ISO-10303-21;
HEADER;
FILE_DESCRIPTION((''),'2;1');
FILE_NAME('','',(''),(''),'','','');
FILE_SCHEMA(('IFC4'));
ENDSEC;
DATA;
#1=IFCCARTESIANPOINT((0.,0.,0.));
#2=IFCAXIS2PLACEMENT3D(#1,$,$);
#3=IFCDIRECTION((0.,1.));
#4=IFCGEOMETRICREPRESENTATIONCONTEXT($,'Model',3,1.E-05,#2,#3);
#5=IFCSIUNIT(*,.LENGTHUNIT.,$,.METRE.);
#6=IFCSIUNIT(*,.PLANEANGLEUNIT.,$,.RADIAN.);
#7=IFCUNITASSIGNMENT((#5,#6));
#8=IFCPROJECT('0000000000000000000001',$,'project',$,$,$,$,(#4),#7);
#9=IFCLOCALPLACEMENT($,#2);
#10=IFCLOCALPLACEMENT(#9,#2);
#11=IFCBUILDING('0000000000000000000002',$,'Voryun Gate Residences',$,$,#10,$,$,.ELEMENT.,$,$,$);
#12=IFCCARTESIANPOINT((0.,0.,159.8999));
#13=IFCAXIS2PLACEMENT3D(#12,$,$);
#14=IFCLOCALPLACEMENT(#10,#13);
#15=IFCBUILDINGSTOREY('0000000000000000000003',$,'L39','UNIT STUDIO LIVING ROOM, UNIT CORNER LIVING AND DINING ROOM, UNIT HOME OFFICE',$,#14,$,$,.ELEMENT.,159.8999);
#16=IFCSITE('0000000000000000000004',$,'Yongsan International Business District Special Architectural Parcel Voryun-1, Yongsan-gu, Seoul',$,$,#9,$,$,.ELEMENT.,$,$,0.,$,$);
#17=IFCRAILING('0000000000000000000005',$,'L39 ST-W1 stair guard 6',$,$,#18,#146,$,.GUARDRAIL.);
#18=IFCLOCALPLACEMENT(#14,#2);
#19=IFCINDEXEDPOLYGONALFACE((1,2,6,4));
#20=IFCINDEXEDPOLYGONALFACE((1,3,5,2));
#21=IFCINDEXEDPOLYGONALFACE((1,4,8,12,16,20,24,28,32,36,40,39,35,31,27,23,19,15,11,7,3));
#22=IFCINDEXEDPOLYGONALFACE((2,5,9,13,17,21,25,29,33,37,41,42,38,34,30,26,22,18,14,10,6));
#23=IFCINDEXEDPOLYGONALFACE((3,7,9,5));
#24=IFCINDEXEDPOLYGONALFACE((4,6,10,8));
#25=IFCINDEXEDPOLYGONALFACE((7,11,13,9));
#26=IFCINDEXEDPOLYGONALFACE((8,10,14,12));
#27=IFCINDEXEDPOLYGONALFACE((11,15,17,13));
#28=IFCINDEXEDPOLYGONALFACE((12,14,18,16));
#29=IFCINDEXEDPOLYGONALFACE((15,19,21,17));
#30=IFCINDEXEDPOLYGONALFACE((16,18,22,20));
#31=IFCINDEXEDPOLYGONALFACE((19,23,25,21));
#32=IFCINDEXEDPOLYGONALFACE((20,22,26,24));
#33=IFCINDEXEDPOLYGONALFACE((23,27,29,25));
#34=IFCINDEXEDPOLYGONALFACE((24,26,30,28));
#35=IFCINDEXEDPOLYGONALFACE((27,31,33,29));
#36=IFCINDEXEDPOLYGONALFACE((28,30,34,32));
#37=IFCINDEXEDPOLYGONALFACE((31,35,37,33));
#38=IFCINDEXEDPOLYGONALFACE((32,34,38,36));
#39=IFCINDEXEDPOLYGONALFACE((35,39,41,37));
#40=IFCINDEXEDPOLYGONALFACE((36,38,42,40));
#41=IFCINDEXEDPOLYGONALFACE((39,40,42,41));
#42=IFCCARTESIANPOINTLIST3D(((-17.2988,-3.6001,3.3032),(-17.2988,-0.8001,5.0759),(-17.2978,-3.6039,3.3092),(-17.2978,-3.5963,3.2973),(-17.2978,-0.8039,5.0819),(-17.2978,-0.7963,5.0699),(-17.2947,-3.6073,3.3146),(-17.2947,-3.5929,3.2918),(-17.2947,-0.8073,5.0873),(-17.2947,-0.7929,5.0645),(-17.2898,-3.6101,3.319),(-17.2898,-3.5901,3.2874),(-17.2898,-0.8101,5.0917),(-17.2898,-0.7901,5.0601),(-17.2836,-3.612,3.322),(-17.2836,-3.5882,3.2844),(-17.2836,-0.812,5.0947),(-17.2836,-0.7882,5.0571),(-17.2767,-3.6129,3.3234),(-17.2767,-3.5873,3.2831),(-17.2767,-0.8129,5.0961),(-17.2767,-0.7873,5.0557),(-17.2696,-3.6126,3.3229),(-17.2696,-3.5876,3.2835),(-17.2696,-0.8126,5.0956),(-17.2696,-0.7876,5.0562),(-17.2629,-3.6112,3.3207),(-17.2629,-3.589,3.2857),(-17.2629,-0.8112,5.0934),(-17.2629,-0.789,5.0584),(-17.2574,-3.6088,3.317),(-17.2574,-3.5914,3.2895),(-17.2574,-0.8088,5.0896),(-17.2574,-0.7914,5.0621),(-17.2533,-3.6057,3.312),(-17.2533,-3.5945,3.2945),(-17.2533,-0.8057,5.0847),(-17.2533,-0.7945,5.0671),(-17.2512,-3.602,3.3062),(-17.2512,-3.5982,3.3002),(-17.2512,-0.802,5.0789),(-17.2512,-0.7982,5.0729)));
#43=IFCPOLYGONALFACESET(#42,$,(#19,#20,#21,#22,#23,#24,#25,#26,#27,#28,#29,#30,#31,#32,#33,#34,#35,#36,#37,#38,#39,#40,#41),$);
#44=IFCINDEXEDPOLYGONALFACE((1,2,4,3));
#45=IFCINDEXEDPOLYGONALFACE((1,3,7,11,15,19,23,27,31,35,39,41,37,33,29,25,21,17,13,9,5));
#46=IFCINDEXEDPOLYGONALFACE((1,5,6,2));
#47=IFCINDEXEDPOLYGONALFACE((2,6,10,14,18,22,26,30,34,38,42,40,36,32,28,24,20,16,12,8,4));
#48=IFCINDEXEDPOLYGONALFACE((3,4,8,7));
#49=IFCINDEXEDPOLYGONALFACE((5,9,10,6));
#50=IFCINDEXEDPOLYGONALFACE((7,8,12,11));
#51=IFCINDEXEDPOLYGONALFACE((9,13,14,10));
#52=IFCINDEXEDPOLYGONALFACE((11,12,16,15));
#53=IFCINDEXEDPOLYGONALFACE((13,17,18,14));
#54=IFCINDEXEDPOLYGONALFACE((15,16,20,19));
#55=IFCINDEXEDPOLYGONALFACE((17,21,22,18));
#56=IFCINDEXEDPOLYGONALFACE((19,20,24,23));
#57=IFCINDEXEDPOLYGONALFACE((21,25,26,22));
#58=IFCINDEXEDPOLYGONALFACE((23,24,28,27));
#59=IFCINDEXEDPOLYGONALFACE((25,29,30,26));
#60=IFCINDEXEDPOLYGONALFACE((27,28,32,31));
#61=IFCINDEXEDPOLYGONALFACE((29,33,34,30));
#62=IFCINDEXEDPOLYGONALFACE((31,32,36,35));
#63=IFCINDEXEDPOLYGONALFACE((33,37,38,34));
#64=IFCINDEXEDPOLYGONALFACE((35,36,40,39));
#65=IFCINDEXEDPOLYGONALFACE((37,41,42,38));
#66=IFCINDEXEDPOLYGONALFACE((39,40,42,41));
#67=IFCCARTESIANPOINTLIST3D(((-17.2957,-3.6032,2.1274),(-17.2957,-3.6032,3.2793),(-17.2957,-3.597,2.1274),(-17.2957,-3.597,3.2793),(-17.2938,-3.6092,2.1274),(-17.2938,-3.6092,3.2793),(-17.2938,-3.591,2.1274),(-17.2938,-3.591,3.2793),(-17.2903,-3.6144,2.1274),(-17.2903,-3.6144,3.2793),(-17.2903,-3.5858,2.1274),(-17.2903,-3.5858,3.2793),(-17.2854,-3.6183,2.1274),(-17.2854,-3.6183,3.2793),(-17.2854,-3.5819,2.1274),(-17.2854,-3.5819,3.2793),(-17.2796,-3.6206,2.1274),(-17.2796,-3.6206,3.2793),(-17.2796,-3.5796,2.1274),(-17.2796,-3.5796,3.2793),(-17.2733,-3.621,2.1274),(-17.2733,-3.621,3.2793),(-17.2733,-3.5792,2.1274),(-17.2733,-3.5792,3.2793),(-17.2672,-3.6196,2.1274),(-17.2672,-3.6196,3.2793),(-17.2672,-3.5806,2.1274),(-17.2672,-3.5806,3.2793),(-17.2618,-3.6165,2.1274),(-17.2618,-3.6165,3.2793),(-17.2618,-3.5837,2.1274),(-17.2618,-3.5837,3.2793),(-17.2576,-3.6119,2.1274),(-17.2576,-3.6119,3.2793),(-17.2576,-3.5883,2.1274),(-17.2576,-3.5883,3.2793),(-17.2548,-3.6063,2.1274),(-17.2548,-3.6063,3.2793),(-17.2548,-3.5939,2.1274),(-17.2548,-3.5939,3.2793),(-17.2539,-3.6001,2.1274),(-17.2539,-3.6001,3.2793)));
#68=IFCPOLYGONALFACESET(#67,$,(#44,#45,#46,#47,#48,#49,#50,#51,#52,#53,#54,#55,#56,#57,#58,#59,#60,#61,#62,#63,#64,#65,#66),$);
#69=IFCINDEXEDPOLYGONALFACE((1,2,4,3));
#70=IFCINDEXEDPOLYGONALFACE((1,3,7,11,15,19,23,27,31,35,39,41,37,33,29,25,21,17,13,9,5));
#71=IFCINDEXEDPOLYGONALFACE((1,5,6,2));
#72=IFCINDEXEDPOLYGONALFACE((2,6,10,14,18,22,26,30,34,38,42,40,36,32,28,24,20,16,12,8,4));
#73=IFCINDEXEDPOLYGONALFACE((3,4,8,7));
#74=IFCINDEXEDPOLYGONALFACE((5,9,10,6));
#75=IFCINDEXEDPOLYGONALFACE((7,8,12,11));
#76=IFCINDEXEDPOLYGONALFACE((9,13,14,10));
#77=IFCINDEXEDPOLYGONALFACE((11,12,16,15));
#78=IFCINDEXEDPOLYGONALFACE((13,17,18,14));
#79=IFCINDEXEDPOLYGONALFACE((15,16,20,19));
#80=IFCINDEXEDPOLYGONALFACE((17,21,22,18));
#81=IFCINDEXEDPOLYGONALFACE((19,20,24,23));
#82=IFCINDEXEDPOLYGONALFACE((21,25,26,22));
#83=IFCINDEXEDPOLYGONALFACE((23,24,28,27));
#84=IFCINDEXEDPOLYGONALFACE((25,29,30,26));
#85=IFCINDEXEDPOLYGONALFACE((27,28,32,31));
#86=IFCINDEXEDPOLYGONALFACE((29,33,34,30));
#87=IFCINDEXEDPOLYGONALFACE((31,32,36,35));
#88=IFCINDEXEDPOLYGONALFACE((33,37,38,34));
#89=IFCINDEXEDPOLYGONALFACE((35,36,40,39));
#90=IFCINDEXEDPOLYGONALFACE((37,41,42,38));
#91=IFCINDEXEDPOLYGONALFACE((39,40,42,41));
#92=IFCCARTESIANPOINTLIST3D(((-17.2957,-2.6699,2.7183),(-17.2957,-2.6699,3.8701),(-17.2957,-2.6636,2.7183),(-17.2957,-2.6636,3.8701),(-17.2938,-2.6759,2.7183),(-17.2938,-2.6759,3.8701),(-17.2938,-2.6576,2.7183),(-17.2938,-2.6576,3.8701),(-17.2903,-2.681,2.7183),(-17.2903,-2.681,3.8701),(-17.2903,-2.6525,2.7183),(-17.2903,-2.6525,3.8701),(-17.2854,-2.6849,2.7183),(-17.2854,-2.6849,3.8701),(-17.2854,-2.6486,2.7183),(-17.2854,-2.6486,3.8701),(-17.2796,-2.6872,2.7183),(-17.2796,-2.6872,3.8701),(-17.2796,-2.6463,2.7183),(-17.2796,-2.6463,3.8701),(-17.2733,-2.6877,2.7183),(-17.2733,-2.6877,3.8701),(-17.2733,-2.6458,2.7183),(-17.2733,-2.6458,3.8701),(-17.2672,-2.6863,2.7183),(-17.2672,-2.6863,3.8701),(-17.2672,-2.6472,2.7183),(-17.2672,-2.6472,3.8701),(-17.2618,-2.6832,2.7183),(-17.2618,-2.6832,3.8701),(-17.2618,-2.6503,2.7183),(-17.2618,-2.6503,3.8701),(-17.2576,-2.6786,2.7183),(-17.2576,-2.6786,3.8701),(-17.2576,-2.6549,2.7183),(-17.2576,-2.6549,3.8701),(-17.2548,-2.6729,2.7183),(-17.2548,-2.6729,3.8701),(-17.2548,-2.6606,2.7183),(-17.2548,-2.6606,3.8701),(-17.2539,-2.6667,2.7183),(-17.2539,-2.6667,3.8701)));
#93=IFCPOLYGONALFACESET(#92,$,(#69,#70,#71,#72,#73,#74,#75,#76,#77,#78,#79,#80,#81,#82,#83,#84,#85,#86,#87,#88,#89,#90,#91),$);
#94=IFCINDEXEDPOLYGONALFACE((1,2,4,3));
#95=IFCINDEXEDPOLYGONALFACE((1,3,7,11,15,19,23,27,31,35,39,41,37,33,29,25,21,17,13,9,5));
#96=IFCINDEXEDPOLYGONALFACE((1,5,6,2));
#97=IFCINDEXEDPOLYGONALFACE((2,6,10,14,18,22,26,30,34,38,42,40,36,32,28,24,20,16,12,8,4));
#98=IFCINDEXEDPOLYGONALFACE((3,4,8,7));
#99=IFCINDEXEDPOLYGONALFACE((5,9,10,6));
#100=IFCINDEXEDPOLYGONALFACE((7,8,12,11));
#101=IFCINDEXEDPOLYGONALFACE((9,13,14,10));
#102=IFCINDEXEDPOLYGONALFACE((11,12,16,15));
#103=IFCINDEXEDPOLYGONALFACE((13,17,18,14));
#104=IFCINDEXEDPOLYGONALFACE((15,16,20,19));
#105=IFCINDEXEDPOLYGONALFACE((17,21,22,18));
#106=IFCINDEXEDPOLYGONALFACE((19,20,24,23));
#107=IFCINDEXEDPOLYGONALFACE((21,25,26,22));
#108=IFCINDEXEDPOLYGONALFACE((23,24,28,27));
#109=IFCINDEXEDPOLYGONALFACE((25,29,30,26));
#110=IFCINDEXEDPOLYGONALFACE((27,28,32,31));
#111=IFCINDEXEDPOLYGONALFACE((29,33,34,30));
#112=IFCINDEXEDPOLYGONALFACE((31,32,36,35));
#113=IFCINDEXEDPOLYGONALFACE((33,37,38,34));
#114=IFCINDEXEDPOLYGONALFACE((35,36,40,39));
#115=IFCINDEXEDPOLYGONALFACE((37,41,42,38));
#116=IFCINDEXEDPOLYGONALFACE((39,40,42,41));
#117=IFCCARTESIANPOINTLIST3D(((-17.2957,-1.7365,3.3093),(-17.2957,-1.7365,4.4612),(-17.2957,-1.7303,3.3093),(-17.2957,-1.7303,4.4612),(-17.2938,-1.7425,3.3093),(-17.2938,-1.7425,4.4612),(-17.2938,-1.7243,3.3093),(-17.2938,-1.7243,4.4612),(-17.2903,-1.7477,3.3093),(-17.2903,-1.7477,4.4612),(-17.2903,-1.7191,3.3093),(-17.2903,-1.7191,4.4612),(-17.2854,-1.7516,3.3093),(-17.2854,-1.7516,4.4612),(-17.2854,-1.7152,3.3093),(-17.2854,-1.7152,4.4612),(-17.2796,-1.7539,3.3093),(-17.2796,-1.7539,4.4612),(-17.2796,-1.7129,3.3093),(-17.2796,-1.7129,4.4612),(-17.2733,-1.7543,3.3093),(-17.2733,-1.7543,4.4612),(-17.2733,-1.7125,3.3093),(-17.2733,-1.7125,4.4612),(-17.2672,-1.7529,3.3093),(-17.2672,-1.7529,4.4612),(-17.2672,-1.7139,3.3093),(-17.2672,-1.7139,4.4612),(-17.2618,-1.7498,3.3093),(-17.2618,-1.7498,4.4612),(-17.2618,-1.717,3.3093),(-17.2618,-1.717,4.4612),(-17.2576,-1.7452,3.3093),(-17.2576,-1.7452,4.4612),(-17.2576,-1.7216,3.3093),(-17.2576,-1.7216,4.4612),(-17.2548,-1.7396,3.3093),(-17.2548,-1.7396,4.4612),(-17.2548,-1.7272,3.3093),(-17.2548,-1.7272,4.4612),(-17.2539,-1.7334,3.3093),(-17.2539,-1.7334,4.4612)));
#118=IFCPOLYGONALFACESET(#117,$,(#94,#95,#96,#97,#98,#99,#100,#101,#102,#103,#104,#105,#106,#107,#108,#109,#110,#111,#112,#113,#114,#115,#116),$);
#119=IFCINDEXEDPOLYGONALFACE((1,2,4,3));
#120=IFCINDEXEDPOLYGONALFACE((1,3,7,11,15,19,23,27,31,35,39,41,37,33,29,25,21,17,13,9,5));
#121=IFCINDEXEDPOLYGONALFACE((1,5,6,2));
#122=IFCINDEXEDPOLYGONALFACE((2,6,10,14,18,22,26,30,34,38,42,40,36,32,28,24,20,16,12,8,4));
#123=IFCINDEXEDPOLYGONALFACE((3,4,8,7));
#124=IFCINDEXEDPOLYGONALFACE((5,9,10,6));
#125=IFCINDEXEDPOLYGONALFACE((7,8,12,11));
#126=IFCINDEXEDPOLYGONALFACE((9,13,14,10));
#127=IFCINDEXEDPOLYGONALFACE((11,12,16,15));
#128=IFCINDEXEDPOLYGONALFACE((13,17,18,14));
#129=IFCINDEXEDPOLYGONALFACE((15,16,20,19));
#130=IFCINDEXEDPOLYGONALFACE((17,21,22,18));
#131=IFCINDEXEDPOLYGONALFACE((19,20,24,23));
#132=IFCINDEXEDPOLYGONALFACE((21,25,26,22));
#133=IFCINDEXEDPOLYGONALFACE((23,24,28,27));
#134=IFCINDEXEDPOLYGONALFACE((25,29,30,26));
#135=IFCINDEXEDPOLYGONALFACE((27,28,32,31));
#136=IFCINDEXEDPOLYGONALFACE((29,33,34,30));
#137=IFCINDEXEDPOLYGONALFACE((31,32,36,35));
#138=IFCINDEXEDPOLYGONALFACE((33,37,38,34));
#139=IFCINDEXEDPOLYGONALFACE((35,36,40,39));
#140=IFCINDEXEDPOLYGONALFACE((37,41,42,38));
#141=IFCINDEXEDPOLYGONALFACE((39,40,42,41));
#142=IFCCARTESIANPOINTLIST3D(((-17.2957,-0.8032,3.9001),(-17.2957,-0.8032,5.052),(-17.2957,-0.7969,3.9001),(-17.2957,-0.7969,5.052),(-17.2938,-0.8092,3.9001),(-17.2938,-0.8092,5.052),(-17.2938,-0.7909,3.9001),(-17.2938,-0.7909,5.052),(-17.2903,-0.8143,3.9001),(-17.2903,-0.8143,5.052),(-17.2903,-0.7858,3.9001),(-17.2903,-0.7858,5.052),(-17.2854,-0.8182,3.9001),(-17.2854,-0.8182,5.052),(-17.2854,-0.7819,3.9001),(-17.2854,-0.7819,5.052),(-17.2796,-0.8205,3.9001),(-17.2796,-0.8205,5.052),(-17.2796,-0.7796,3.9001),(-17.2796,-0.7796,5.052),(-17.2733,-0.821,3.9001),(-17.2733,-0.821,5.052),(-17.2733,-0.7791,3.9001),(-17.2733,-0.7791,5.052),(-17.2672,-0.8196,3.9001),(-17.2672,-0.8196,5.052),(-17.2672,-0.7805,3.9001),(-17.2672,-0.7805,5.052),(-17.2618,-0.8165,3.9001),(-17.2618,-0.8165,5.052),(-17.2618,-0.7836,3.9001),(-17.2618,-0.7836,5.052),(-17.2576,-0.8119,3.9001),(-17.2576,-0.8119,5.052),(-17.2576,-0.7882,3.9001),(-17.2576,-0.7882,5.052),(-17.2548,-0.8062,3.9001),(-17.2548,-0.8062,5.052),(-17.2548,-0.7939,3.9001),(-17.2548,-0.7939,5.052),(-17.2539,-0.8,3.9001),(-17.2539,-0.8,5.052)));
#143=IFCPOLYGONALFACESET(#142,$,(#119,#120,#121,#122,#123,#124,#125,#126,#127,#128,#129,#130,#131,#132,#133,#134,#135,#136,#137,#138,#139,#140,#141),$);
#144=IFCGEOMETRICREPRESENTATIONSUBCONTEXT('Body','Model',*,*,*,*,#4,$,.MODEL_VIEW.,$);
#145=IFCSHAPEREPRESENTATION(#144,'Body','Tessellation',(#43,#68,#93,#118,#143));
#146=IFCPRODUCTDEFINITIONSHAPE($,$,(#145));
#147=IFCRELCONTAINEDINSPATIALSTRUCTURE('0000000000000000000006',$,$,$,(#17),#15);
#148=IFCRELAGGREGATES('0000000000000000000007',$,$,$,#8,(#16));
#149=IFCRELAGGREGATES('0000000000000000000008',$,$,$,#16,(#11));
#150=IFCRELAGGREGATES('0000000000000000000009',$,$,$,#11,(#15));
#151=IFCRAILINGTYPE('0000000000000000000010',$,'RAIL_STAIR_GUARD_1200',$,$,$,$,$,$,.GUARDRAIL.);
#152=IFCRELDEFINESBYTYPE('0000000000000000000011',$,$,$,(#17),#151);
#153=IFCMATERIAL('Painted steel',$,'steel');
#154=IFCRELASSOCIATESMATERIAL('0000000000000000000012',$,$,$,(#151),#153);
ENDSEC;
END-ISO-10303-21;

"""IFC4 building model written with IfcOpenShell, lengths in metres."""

from ifc_helpers import new_model, si_unit, direction, frame, origin, origin_2d, place, context, subcontext, project, spatial, circle, extrude, material, type_object, element, save


model = new_model("IFC4")

# Units and contexts
model_context = context("Model", 3, precision=1e-05, world=origin(), true_north=direction((0.0, 1.0)))
body_context = subcontext(model_context, "Body", "Model", "MODEL_VIEW")
ifc_project = project(units=[si_unit("LENGTHUNIT", "METRE"), si_unit("PLANEANGLEUNIT", "RADIAN")], contexts=[model_context])

# Site, building, storey
site_placement = place(None, origin())
site = spatial("IfcSite", under=ifc_project, at=site_placement, Name="Yongsan International Business District Special Architectural Parcel Voryun-1, Yongsan-gu, Seoul", CompositionType="ELEMENT", RefElevation=0.0)
building_placement = place(site_placement, origin())
building = spatial("IfcBuilding", under=site, at=building_placement, Name="Voryun Gate Residences", CompositionType="ELEMENT")
storey_placement = place(building_placement, frame((0.0, 0.0, 159.8999)))
storey = spatial("IfcBuildingStorey", under=building, at=storey_placement, Name="L39", Description="UNIT STUDIO LIVING ROOM, UNIT CORNER LIVING AND DINING ROOM, UNIT HOME OFFICE", CompositionType="ELEMENT", Elevation=159.8999)

# Railing
ifc_material_1 = material(Name="Painted steel", Category="steel")
railing_type_1 = type_object("IfcRailingType", Name="RAIL_STAIR_GUARD_1200", PredefinedType="GUARDRAIL", material=ifc_material_1)
railing_1_placement = place(storey_placement, frame((-17.2749, -3.6001, 2.1274)))
element("IfcRailing", 1, at=railing_1_placement, inside=storey, type_object=railing_type_1, Name="L39 ST-W1 stair guard 6", PredefinedType="GUARDRAIL", context=body_context, shape_type="SweptSolid", body=[
    extrude(circle(Radius=0.0239, at=origin_2d()), frame((0.0, 0.0, 1.1758), z_axis=(0.0, 0.844909, 0.53491), x_axis=(-1.0, 0.0, 0.0)), (0.0, 0.0, 1.0), 3.314),
    extrude(circle(Radius=0.021, at=origin_2d()), origin(), (0.0, 0.0, 1.0), 1.1519),
    extrude(circle(Radius=0.021, at=origin_2d()), frame((0.0, 0.9333, 0.5908)), (0.0, 0.0, 1.0), 1.1519),
    extrude(circle(Radius=0.021, at=origin_2d()), frame((0.0, 1.8667, 1.1819)), (0.0, 0.0, 1.0), 1.1519),
    extrude(circle(Radius=0.021, at=origin_2d()), frame((0.0, 2.8, 1.7727)), (0.0, 0.0, 1.0), 1.1519),
])

save(model, "model.ifc")
